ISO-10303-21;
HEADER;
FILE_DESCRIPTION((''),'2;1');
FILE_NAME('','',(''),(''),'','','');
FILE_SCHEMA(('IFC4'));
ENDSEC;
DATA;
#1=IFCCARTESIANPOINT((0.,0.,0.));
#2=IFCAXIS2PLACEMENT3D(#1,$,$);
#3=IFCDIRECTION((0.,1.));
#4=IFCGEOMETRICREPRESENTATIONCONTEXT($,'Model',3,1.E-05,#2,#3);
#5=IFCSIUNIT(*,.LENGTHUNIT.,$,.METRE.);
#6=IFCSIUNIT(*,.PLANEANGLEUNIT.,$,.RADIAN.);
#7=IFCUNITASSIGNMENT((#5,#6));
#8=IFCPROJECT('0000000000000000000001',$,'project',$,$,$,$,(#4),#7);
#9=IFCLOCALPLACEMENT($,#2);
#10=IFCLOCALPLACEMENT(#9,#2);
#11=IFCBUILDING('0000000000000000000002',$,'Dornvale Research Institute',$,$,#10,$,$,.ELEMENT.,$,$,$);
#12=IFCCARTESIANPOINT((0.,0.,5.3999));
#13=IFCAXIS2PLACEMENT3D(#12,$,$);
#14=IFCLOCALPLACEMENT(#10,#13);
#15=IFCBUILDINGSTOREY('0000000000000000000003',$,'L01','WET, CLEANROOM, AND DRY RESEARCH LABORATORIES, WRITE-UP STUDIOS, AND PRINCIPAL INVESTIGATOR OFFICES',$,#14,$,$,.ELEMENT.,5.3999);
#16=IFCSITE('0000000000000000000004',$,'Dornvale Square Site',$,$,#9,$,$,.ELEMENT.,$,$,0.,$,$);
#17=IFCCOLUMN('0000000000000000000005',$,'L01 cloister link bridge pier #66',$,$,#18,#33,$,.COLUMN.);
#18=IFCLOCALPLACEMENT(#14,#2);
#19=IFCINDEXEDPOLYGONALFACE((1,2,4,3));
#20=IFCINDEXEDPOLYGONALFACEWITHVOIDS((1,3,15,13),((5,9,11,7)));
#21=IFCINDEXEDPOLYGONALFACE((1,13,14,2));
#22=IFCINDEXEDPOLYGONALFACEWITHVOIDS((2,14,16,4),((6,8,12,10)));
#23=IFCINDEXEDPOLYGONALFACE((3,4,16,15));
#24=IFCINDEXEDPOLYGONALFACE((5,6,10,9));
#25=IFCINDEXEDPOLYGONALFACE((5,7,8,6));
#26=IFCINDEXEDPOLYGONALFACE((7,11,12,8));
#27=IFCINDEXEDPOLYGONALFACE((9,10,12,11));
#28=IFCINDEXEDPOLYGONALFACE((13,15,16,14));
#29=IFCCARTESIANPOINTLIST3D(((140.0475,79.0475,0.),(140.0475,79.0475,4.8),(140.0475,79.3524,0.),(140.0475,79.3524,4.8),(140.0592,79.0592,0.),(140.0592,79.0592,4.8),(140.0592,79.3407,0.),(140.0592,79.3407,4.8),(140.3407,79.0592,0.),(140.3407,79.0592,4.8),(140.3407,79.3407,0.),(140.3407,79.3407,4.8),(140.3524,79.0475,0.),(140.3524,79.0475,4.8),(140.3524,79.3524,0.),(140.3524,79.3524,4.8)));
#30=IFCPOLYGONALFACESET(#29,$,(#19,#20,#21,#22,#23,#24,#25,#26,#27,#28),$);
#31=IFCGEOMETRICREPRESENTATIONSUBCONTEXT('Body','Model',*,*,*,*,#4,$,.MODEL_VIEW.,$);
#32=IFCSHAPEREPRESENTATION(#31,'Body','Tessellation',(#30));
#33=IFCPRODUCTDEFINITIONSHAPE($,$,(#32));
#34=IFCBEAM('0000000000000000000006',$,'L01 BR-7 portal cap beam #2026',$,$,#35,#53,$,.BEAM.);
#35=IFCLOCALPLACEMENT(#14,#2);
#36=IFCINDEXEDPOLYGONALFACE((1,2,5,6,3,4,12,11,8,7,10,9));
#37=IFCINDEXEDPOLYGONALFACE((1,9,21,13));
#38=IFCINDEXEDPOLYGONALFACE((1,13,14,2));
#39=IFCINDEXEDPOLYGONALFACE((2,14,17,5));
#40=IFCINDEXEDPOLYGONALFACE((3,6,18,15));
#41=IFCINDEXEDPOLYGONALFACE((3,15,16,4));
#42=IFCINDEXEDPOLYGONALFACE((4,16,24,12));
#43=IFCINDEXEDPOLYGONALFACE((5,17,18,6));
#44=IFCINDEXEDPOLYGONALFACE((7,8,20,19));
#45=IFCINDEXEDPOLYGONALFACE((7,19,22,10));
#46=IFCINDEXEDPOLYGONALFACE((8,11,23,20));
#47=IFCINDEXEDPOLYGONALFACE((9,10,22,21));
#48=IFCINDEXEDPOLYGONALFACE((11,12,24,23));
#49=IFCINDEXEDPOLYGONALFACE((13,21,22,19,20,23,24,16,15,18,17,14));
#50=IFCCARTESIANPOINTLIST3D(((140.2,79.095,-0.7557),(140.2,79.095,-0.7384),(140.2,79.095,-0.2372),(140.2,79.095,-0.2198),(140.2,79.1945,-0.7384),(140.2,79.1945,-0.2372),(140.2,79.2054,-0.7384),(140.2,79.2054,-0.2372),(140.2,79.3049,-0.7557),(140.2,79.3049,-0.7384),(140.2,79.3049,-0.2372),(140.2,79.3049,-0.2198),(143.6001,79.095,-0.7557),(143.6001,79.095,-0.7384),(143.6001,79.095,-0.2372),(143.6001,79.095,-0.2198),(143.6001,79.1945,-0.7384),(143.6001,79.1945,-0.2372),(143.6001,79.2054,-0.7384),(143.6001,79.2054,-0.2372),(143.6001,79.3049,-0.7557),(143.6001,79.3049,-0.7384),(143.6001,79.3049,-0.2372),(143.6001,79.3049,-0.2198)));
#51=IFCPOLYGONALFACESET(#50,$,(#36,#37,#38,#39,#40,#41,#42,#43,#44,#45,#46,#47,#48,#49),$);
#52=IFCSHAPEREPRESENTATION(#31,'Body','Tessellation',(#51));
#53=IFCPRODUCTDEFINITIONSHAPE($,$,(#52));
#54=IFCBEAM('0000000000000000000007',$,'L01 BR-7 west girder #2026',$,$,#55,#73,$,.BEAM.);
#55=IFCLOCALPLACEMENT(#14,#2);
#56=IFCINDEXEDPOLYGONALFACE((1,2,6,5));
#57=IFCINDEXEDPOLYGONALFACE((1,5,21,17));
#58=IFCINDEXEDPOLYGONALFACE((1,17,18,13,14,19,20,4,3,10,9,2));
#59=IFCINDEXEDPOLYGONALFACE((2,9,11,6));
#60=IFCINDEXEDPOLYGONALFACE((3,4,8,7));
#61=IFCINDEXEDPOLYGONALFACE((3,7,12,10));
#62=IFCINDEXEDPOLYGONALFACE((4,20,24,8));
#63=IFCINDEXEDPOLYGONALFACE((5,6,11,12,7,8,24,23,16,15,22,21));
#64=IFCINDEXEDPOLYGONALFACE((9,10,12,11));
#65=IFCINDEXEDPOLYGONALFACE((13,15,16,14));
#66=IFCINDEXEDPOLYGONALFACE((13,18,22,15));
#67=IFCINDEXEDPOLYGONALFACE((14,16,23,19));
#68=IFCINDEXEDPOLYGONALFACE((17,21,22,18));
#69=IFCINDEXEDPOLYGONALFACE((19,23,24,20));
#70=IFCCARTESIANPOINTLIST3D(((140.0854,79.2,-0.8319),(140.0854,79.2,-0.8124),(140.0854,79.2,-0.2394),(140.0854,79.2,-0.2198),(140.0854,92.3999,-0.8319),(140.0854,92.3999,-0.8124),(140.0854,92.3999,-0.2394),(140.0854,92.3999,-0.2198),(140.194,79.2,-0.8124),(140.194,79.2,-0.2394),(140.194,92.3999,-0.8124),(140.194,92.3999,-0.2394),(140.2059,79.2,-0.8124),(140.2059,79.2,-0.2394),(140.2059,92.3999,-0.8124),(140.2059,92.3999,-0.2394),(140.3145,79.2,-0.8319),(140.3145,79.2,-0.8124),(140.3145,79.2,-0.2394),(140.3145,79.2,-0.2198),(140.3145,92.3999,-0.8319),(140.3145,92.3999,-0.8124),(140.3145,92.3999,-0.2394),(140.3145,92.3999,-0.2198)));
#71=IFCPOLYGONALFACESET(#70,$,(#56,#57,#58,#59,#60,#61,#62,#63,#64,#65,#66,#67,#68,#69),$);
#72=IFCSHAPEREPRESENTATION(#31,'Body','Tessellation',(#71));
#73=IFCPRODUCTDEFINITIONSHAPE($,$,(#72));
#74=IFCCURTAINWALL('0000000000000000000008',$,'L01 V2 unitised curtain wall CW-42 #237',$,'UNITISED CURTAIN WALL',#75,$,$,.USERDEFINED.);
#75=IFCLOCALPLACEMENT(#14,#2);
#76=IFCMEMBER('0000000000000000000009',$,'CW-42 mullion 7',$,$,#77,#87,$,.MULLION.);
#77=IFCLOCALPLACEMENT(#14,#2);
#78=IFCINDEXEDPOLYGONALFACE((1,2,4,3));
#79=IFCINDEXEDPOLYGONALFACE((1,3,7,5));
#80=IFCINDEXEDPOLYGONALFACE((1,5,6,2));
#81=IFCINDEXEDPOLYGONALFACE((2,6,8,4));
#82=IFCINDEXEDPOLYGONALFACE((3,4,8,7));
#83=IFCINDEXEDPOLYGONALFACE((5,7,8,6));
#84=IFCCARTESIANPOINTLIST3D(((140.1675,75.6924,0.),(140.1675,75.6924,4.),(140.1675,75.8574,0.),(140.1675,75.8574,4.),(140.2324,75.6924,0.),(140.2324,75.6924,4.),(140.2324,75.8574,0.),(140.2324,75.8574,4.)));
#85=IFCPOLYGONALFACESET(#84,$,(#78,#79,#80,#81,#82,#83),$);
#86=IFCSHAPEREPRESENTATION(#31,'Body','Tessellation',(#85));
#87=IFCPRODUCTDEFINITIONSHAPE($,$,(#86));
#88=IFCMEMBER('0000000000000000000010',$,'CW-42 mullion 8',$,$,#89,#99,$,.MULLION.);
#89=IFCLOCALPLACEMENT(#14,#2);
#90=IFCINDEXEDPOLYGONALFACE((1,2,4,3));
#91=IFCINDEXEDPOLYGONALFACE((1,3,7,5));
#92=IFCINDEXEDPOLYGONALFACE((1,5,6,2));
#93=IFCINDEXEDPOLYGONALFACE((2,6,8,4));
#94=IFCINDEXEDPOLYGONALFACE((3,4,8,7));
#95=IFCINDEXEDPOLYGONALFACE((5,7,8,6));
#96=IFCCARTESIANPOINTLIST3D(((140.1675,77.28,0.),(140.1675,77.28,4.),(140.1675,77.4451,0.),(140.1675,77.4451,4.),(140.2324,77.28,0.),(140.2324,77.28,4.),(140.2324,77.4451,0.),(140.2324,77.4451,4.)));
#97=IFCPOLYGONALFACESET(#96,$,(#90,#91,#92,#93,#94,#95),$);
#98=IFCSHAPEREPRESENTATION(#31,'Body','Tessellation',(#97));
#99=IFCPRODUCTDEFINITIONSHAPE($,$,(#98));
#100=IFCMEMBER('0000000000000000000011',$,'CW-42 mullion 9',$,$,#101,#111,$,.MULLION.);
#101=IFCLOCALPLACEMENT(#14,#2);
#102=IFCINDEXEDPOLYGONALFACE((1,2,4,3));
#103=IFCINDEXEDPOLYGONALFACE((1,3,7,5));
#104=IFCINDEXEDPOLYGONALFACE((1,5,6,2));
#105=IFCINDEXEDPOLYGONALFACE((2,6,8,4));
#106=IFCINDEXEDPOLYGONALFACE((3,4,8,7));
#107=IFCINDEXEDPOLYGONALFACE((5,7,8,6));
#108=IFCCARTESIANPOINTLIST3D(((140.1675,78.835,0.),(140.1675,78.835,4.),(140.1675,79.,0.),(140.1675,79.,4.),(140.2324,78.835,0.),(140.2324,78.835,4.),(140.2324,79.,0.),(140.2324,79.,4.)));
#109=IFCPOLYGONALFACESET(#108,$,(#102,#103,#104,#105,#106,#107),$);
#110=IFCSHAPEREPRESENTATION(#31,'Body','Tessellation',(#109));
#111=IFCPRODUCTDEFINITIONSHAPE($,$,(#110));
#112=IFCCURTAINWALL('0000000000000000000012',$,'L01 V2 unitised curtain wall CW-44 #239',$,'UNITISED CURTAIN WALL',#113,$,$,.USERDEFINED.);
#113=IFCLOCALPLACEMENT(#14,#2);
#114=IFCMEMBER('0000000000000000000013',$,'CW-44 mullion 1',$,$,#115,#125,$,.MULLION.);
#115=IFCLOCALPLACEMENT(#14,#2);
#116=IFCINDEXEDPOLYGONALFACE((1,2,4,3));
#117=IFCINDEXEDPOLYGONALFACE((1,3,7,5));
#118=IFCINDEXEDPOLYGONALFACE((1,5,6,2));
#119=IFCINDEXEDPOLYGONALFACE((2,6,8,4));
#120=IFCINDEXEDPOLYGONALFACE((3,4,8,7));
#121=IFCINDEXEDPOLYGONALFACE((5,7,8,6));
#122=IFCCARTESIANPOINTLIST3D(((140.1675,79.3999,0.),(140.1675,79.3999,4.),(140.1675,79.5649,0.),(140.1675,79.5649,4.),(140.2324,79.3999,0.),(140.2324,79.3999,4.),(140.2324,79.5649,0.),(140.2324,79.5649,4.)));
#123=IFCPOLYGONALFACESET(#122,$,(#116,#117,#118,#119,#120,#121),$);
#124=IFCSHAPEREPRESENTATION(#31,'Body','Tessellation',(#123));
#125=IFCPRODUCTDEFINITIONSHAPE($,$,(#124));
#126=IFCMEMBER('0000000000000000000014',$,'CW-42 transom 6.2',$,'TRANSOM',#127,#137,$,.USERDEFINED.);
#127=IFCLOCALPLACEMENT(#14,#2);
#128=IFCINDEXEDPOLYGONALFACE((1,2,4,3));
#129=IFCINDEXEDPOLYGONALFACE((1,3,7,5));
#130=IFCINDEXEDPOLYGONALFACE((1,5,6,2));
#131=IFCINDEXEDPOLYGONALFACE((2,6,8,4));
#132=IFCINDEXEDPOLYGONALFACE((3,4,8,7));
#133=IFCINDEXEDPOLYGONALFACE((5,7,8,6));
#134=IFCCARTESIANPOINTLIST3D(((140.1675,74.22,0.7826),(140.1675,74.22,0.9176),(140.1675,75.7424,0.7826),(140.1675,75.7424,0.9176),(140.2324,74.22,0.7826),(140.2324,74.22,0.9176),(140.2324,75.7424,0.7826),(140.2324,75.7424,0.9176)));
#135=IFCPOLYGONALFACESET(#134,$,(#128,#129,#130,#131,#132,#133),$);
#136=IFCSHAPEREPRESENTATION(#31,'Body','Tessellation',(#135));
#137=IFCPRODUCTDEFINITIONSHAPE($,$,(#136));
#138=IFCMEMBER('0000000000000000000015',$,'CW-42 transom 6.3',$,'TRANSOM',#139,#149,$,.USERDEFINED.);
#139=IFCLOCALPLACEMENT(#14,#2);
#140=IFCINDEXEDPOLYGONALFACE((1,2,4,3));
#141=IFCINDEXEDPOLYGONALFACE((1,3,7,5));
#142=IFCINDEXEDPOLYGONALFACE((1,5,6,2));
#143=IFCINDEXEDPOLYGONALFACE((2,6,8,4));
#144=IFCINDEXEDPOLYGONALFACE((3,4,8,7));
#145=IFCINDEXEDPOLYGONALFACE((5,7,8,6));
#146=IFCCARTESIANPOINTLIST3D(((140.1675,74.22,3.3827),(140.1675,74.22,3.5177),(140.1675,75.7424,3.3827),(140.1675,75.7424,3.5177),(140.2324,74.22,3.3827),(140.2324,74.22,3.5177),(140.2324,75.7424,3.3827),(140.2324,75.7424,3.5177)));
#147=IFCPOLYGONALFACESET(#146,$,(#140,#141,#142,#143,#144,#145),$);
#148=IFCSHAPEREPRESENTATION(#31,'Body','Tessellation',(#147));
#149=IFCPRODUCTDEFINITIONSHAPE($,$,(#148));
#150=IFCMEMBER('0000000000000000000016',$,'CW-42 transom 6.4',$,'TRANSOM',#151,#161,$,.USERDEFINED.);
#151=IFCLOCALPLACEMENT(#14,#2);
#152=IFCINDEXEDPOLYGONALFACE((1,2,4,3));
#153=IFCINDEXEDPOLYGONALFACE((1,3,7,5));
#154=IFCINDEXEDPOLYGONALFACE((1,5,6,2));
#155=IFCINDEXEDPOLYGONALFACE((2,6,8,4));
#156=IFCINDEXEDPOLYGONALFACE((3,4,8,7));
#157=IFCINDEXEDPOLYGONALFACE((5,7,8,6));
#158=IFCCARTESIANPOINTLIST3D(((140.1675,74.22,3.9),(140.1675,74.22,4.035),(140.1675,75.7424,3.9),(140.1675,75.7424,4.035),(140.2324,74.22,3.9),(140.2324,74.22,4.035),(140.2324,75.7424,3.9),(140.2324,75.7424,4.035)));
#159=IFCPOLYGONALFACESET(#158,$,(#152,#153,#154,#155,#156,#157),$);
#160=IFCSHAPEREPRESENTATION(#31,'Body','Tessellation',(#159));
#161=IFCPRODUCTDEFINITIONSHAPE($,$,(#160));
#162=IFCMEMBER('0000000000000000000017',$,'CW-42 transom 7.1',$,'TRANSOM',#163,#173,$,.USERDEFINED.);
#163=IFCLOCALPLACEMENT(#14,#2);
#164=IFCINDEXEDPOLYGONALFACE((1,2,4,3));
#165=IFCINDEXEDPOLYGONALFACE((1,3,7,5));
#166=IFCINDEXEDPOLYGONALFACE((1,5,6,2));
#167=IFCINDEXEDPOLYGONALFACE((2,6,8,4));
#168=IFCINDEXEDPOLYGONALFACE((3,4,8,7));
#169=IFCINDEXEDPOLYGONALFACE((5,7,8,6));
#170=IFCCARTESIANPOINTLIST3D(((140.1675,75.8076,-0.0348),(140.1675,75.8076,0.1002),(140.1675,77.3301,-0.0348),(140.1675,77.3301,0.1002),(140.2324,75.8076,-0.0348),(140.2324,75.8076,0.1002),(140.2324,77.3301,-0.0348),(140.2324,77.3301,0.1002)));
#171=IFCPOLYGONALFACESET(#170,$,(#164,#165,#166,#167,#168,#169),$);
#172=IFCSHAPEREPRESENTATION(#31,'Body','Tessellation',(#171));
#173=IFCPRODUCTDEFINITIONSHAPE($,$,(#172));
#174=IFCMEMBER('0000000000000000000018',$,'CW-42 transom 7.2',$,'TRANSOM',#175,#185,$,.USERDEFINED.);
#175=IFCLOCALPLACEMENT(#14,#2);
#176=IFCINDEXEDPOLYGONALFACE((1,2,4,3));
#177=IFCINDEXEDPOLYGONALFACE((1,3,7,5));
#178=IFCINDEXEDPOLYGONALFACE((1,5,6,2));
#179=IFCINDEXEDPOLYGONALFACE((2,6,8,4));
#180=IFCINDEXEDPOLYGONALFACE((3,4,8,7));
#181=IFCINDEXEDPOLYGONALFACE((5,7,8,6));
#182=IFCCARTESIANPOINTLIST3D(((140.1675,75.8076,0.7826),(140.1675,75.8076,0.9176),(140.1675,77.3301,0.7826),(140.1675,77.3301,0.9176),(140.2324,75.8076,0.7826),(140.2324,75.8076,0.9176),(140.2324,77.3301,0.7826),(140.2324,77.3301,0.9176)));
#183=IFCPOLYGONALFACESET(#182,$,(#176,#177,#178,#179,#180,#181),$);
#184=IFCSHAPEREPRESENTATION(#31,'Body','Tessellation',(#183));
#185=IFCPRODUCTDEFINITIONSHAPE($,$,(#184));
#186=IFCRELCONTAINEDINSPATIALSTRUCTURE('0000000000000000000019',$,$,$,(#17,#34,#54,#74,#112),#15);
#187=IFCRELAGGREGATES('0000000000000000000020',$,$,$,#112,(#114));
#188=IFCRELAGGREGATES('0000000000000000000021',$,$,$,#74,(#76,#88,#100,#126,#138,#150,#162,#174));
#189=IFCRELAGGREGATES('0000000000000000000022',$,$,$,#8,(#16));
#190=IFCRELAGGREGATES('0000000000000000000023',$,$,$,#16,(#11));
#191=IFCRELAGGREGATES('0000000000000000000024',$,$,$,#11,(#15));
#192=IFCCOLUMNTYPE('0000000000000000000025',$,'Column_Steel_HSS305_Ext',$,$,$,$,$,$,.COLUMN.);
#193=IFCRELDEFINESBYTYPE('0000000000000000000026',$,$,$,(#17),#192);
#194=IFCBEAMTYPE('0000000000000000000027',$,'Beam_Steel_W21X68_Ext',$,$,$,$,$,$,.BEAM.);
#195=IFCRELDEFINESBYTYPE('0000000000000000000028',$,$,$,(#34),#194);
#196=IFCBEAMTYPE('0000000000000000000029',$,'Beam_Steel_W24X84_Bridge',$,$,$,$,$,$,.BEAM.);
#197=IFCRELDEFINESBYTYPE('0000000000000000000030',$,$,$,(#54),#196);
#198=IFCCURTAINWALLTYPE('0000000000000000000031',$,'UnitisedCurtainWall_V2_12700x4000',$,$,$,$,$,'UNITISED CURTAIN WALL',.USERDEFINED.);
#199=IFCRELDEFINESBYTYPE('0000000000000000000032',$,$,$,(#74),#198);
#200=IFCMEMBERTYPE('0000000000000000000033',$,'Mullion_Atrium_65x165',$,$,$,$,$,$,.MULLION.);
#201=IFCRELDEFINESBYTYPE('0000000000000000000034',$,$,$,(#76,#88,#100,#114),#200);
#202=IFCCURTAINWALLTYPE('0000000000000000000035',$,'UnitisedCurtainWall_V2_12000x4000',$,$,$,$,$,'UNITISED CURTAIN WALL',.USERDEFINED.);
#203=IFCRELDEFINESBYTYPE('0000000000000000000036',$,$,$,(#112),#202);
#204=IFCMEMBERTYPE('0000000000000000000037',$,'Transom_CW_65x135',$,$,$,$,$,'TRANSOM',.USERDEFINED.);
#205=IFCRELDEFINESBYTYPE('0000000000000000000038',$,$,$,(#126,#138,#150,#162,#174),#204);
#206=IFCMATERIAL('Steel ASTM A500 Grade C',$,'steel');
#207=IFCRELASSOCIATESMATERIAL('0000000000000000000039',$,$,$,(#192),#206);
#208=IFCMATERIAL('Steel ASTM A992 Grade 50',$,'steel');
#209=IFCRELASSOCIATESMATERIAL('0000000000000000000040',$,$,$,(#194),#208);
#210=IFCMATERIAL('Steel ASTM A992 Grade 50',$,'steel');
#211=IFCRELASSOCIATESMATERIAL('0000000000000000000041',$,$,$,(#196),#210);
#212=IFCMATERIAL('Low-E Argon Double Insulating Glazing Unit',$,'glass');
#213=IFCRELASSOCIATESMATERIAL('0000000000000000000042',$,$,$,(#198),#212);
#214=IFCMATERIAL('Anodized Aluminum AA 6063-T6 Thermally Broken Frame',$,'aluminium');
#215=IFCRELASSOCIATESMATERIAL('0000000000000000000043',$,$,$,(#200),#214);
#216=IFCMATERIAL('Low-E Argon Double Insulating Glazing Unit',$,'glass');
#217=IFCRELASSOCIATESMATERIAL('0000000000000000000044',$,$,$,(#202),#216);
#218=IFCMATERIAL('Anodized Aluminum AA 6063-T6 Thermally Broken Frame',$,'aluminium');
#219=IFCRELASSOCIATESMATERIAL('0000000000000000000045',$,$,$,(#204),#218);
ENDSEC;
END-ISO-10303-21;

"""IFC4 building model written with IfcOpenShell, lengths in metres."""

from ifc_helpers import new_model, si_unit, direction, frame, origin, origin_2d, place, context, subcontext, project, spatial, rectangle, hollow_rectangle, i_section, extrude, material, material_profile, profile_set, type_object, element, aggregate, save


model = new_model("IFC4")

# Units and contexts
model_context = context("Model", 3, precision=1e-05, world=origin(), true_north=direction((0.0, 1.0)))
body_context = subcontext(model_context, "Body", "Model", "MODEL_VIEW")
ifc_project = project(units=[si_unit("LENGTHUNIT", "METRE"), si_unit("PLANEANGLEUNIT", "RADIAN")], contexts=[model_context])

# Site, building, storey
site_placement = place(None, origin())
site = spatial("IfcSite", under=ifc_project, at=site_placement, Name="Dornvale Square Site", CompositionType="ELEMENT", RefElevation=0.0)
building_placement = place(site_placement, origin())
building = spatial("IfcBuilding", under=site, at=building_placement, Name="Dornvale Research Institute", CompositionType="ELEMENT")
storey_placement = place(building_placement, frame((0.0, 0.0, 5.3999)))
storey = spatial("IfcBuildingStorey", under=building, at=storey_placement, Name="L01", Description="WET, CLEANROOM, AND DRY RESEARCH LABORATORIES, WRITE-UP STUDIOS, AND PRINCIPAL INVESTIGATOR OFFICES", CompositionType="ELEMENT", Elevation=5.3999)

# Column
ifc_material_1 = material(Name="Steel ASTM A500 Grade C", Category="steel")
ifc_material_profile_1 = material_profile(ifc_material_1, hollow_rectangle(XDim=0.3049, YDim=0.3049, WallThickness=0.0117, at=origin_2d()), Name="HSS305X305X12.7")
ifc_profile_set_1 = profile_set([ifc_material_profile_1], Name="Steel ASTM A500 Grade C")
column_type = type_object("IfcColumnType", Name="Column_Steel_HSS305_Ext", PredefinedType="COLUMN", material=ifc_profile_set_1)
column_placement = place(storey_placement, frame((140.2, 79.2, 0.0), z_axis=(0.0, 0.0, 1.0), x_axis=(1.0, 0.0, 0.0)))
element("IfcColumn", 1, at=column_placement, inside=storey, type_object=column_type, Name="L01 cloister link bridge pier #66", PredefinedType="COLUMN", context=body_context, shape_type="SweptSolid", body=[
    extrude(hollow_rectangle(XDim=0.3049, YDim=0.3049, WallThickness=0.0117, at=origin_2d()), origin(), (0.0, 0.0, 1.0), 4.8),
])

# Beams
ifc_material_2 = material(Name="Steel ASTM A992 Grade 50", Category="steel")
ifc_material_profile_2 = material_profile(ifc_material_2, i_section(OverallWidth=0.21, OverallDepth=0.5359, WebThickness=0.011, FlangeThickness=0.0173, at=origin_2d()), Name="W21X68")
ifc_profile_set_2 = profile_set([ifc_material_profile_2], Name="Steel ASTM A992 Grade 50")
beam_type_1 = type_object("IfcBeamType", Name="Beam_Steel_W21X68_Ext", PredefinedType="BEAM", material=ifc_profile_set_2)
beam_1_placement = place(storey_placement, frame((140.2, 79.2, -0.4878), z_axis=(1.0, 0.0, 0.0), x_axis=(0.0, 1.0, 0.0)))
element("IfcBeam", 2, at=beam_1_placement, inside=storey, type_object=beam_type_1, Name="L01 BR-7 portal cap beam #2026", PredefinedType="BEAM", context=body_context, shape_type="SweptSolid", body=[
    extrude(i_section(OverallWidth=0.21, OverallDepth=0.5359, WebThickness=0.011, FlangeThickness=0.0173, at=origin_2d()), origin(), (0.0, 0.0, 1.0), 3.4001),
])
ifc_material_3 = material(Name="Steel ASTM A992 Grade 50", Category="steel")
ifc_material_profile_3 = material_profile(ifc_material_3, i_section(OverallWidth=0.229, OverallDepth=0.6121, WebThickness=0.012, FlangeThickness=0.0195, at=origin_2d()), Name="W24X84")
ifc_profile_set_3 = profile_set([ifc_material_profile_3], Name="Steel ASTM A992 Grade 50")
beam_type_2 = type_object("IfcBeamType", Name="Beam_Steel_W24X84_Bridge", PredefinedType="BEAM", material=ifc_profile_set_3)
beam_2_placement = place(storey_placement, frame((140.2, 79.2, -0.5259), z_axis=(0.0, 1.0, 0.0), x_axis=(-1.0, 0.0, 0.0)))
element("IfcBeam", 3, at=beam_2_placement, inside=storey, type_object=beam_type_2, Name="L01 BR-7 west girder #2026", PredefinedType="BEAM", context=body_context, shape_type="SweptSolid", body=[
    extrude(i_section(OverallWidth=0.229, OverallDepth=0.6121, WebThickness=0.012, FlangeThickness=0.0195, at=origin_2d()), origin(), (0.0, 0.0, 1.0), 13.2),
])

# Curtain wall, members
ifc_material_4 = material(Name="Low-E Argon Double Insulating Glazing Unit", Category="glass")
curtain_wall_type_1 = type_object("IfcCurtainWallType", Name="UnitisedCurtainWall_V2_12700x4000", ElementType="UNITISED CURTAIN WALL", PredefinedType="USERDEFINED", material=ifc_material_4)
curtain_wall_1_placement = place(storey_placement, origin())
curtain_wall_1 = element("IfcCurtainWall", 4, at=curtain_wall_1_placement, inside=storey, type_object=curtain_wall_type_1, Name="L01 V2 unitised curtain wall CW-42 #237", ObjectType="UNITISED CURTAIN WALL", PredefinedType="USERDEFINED")
ifc_material_5 = material(Name="Anodized Aluminum AA 6063-T6 Thermally Broken Frame", Category="aluminium")
ifc_material_profile_4 = material_profile(ifc_material_5, rectangle(XDim=0.0649, YDim=0.165, at=origin_2d()), Name="ALU MULLION 65x165")
ifc_profile_set_4 = profile_set([ifc_material_profile_4], Name="Anodized Aluminum AA 6063-T6 Thermally Broken Frame")
member_type_1 = type_object("IfcMemberType", Name="Mullion_Atrium_65x165", PredefinedType="MULLION", material=ifc_profile_set_4)
member_1_placement = place(storey_placement, frame((140.2, 75.7749, 0.0), z_axis=(0.0, 0.0, 1.0), x_axis=(-1.0, 0.0, 0.0)))
member_1 = element("IfcMember", 5, at=member_1_placement, type_object=member_type_1, Name="CW-42 mullion 7", PredefinedType="MULLION", context=body_context, shape_type="SweptSolid", body=[
    extrude(rectangle(XDim=0.0649, YDim=0.165, at=origin_2d()), origin(), (0.0, 0.0, 1.0), 4.0),
])
member_2_placement = place(storey_placement, frame((140.2, 77.3625, 0.0), z_axis=(0.0, 0.0, 1.0), x_axis=(-1.0, 0.0, 0.0)))
member_2 = element("IfcMember", 6, at=member_2_placement, type_object=member_type_1, Name="CW-42 mullion 8", PredefinedType="MULLION", context=body_context, shape_type="SweptSolid", body=[
    extrude(rectangle(XDim=0.0649, YDim=0.165, at=origin_2d()), origin(), (0.0, 0.0, 1.0), 4.0),
])
member_3_placement = place(storey_placement, frame((140.2, 78.9175, 0.0), z_axis=(0.0, 0.0, 1.0), x_axis=(-1.0, 0.0, 0.0)))
member_3 = element("IfcMember", 7, at=member_3_placement, type_object=member_type_1, Name="CW-42 mullion 9", PredefinedType="MULLION", context=body_context, shape_type="SweptSolid", body=[
    extrude(rectangle(XDim=0.0649, YDim=0.165, at=origin_2d()), origin(), (0.0, 0.0, 1.0), 4.0),
])

# Curtain wall, member
ifc_material_6 = material(Name="Low-E Argon Double Insulating Glazing Unit", Category="glass")
curtain_wall_type_2 = type_object("IfcCurtainWallType", Name="UnitisedCurtainWall_V2_12000x4000", ElementType="UNITISED CURTAIN WALL", PredefinedType="USERDEFINED", material=ifc_material_6)
curtain_wall_2_placement = place(storey_placement, origin())
curtain_wall_2 = element("IfcCurtainWall", 8, at=curtain_wall_2_placement, inside=storey, type_object=curtain_wall_type_2, Name="L01 V2 unitised curtain wall CW-44 #239", ObjectType="UNITISED CURTAIN WALL", PredefinedType="USERDEFINED")
member_4_placement = place(storey_placement, frame((140.2, 79.4824, 0.0), z_axis=(0.0, 0.0, 1.0), x_axis=(-1.0, 0.0, 0.0)))
member_4 = element("IfcMember", 9, at=member_4_placement, type_object=member_type_1, Name="CW-44 mullion 1", PredefinedType="MULLION", context=body_context, shape_type="SweptSolid", body=[
    extrude(rectangle(XDim=0.0649, YDim=0.165, at=origin_2d()), origin(), (0.0, 0.0, 1.0), 4.0),
])
aggregate(curtain_wall_2, [member_4])

# Members
ifc_material_7 = material(Name="Anodized Aluminum AA 6063-T6 Thermally Broken Frame", Category="aluminium")
ifc_material_profile_5 = material_profile(ifc_material_7, rectangle(XDim=0.0649, YDim=0.135, at=origin_2d()), Name="ALU TRANSOM 65x135")
ifc_profile_set_5 = profile_set([ifc_material_profile_5], Name="Anodized Aluminum AA 6063-T6 Thermally Broken Frame")
member_type_2 = type_object("IfcMemberType", Name="Transom_CW_65x135", ElementType="TRANSOM", PredefinedType="USERDEFINED", material=ifc_profile_set_5)
member_5_placement = place(storey_placement, frame((140.2, 74.22, 0.8501), z_axis=(0.0, 1.0, 0.0), x_axis=(-1.0, 0.0, 0.0)))
member_5 = element("IfcMember", 10, at=member_5_placement, type_object=member_type_2, Name="CW-42 transom 6.2", ObjectType="TRANSOM", PredefinedType="USERDEFINED", context=body_context, shape_type="SweptSolid", body=[
    extrude(rectangle(XDim=0.0649, YDim=0.135, at=origin_2d()), origin(), (0.0, 0.0, 1.0), 1.5225),
])
member_6_placement = place(storey_placement, frame((140.2, 74.22, 3.4502), z_axis=(0.0, 1.0, 0.0), x_axis=(-1.0, 0.0, 0.0)))
member_6 = element("IfcMember", 11, at=member_6_placement, type_object=member_type_2, Name="CW-42 transom 6.3", ObjectType="TRANSOM", PredefinedType="USERDEFINED", context=body_context, shape_type="SweptSolid", body=[
    extrude(rectangle(XDim=0.0649, YDim=0.135, at=origin_2d()), origin(), (0.0, 0.0, 1.0), 1.5225),
])
member_7_placement = place(storey_placement, frame((140.2, 74.22, 3.9675), z_axis=(0.0, 1.0, 0.0), x_axis=(-1.0, 0.0, 0.0)))
member_7 = element("IfcMember", 12, at=member_7_placement, type_object=member_type_2, Name="CW-42 transom 6.4", ObjectType="TRANSOM", PredefinedType="USERDEFINED", context=body_context, shape_type="SweptSolid", body=[
    extrude(rectangle(XDim=0.0649, YDim=0.135, at=origin_2d()), origin(), (0.0, 0.0, 1.0), 1.5225),
])
member_8_placement = place(storey_placement, frame((140.2, 75.8076, 0.0327), z_axis=(0.0, 1.0, 0.0), x_axis=(-1.0, 0.0, 0.0)))
member_8 = element("IfcMember", 13, at=member_8_placement, type_object=member_type_2, Name="CW-42 transom 7.1", ObjectType="TRANSOM", PredefinedType="USERDEFINED", context=body_context, shape_type="SweptSolid", body=[
    extrude(rectangle(XDim=0.0649, YDim=0.135, at=origin_2d()), origin(), (0.0, 0.0, 1.0), 1.5225),
])
member_9_placement = place(storey_placement, frame((140.2, 75.8076, 0.8501), z_axis=(0.0, 1.0, 0.0), x_axis=(-1.0, 0.0, 0.0)))
member_9 = element("IfcMember", 14, at=member_9_placement, type_object=member_type_2, Name="CW-42 transom 7.2", ObjectType="TRANSOM", PredefinedType="USERDEFINED", context=body_context, shape_type="SweptSolid", body=[
    extrude(rectangle(XDim=0.0649, YDim=0.135, at=origin_2d()), origin(), (0.0, 0.0, 1.0), 1.5225),
])

aggregate(curtain_wall_1, [member_1, member_2, member_3, member_5, member_6, member_7, member_8, member_9])

save(model, "model.ifc")
